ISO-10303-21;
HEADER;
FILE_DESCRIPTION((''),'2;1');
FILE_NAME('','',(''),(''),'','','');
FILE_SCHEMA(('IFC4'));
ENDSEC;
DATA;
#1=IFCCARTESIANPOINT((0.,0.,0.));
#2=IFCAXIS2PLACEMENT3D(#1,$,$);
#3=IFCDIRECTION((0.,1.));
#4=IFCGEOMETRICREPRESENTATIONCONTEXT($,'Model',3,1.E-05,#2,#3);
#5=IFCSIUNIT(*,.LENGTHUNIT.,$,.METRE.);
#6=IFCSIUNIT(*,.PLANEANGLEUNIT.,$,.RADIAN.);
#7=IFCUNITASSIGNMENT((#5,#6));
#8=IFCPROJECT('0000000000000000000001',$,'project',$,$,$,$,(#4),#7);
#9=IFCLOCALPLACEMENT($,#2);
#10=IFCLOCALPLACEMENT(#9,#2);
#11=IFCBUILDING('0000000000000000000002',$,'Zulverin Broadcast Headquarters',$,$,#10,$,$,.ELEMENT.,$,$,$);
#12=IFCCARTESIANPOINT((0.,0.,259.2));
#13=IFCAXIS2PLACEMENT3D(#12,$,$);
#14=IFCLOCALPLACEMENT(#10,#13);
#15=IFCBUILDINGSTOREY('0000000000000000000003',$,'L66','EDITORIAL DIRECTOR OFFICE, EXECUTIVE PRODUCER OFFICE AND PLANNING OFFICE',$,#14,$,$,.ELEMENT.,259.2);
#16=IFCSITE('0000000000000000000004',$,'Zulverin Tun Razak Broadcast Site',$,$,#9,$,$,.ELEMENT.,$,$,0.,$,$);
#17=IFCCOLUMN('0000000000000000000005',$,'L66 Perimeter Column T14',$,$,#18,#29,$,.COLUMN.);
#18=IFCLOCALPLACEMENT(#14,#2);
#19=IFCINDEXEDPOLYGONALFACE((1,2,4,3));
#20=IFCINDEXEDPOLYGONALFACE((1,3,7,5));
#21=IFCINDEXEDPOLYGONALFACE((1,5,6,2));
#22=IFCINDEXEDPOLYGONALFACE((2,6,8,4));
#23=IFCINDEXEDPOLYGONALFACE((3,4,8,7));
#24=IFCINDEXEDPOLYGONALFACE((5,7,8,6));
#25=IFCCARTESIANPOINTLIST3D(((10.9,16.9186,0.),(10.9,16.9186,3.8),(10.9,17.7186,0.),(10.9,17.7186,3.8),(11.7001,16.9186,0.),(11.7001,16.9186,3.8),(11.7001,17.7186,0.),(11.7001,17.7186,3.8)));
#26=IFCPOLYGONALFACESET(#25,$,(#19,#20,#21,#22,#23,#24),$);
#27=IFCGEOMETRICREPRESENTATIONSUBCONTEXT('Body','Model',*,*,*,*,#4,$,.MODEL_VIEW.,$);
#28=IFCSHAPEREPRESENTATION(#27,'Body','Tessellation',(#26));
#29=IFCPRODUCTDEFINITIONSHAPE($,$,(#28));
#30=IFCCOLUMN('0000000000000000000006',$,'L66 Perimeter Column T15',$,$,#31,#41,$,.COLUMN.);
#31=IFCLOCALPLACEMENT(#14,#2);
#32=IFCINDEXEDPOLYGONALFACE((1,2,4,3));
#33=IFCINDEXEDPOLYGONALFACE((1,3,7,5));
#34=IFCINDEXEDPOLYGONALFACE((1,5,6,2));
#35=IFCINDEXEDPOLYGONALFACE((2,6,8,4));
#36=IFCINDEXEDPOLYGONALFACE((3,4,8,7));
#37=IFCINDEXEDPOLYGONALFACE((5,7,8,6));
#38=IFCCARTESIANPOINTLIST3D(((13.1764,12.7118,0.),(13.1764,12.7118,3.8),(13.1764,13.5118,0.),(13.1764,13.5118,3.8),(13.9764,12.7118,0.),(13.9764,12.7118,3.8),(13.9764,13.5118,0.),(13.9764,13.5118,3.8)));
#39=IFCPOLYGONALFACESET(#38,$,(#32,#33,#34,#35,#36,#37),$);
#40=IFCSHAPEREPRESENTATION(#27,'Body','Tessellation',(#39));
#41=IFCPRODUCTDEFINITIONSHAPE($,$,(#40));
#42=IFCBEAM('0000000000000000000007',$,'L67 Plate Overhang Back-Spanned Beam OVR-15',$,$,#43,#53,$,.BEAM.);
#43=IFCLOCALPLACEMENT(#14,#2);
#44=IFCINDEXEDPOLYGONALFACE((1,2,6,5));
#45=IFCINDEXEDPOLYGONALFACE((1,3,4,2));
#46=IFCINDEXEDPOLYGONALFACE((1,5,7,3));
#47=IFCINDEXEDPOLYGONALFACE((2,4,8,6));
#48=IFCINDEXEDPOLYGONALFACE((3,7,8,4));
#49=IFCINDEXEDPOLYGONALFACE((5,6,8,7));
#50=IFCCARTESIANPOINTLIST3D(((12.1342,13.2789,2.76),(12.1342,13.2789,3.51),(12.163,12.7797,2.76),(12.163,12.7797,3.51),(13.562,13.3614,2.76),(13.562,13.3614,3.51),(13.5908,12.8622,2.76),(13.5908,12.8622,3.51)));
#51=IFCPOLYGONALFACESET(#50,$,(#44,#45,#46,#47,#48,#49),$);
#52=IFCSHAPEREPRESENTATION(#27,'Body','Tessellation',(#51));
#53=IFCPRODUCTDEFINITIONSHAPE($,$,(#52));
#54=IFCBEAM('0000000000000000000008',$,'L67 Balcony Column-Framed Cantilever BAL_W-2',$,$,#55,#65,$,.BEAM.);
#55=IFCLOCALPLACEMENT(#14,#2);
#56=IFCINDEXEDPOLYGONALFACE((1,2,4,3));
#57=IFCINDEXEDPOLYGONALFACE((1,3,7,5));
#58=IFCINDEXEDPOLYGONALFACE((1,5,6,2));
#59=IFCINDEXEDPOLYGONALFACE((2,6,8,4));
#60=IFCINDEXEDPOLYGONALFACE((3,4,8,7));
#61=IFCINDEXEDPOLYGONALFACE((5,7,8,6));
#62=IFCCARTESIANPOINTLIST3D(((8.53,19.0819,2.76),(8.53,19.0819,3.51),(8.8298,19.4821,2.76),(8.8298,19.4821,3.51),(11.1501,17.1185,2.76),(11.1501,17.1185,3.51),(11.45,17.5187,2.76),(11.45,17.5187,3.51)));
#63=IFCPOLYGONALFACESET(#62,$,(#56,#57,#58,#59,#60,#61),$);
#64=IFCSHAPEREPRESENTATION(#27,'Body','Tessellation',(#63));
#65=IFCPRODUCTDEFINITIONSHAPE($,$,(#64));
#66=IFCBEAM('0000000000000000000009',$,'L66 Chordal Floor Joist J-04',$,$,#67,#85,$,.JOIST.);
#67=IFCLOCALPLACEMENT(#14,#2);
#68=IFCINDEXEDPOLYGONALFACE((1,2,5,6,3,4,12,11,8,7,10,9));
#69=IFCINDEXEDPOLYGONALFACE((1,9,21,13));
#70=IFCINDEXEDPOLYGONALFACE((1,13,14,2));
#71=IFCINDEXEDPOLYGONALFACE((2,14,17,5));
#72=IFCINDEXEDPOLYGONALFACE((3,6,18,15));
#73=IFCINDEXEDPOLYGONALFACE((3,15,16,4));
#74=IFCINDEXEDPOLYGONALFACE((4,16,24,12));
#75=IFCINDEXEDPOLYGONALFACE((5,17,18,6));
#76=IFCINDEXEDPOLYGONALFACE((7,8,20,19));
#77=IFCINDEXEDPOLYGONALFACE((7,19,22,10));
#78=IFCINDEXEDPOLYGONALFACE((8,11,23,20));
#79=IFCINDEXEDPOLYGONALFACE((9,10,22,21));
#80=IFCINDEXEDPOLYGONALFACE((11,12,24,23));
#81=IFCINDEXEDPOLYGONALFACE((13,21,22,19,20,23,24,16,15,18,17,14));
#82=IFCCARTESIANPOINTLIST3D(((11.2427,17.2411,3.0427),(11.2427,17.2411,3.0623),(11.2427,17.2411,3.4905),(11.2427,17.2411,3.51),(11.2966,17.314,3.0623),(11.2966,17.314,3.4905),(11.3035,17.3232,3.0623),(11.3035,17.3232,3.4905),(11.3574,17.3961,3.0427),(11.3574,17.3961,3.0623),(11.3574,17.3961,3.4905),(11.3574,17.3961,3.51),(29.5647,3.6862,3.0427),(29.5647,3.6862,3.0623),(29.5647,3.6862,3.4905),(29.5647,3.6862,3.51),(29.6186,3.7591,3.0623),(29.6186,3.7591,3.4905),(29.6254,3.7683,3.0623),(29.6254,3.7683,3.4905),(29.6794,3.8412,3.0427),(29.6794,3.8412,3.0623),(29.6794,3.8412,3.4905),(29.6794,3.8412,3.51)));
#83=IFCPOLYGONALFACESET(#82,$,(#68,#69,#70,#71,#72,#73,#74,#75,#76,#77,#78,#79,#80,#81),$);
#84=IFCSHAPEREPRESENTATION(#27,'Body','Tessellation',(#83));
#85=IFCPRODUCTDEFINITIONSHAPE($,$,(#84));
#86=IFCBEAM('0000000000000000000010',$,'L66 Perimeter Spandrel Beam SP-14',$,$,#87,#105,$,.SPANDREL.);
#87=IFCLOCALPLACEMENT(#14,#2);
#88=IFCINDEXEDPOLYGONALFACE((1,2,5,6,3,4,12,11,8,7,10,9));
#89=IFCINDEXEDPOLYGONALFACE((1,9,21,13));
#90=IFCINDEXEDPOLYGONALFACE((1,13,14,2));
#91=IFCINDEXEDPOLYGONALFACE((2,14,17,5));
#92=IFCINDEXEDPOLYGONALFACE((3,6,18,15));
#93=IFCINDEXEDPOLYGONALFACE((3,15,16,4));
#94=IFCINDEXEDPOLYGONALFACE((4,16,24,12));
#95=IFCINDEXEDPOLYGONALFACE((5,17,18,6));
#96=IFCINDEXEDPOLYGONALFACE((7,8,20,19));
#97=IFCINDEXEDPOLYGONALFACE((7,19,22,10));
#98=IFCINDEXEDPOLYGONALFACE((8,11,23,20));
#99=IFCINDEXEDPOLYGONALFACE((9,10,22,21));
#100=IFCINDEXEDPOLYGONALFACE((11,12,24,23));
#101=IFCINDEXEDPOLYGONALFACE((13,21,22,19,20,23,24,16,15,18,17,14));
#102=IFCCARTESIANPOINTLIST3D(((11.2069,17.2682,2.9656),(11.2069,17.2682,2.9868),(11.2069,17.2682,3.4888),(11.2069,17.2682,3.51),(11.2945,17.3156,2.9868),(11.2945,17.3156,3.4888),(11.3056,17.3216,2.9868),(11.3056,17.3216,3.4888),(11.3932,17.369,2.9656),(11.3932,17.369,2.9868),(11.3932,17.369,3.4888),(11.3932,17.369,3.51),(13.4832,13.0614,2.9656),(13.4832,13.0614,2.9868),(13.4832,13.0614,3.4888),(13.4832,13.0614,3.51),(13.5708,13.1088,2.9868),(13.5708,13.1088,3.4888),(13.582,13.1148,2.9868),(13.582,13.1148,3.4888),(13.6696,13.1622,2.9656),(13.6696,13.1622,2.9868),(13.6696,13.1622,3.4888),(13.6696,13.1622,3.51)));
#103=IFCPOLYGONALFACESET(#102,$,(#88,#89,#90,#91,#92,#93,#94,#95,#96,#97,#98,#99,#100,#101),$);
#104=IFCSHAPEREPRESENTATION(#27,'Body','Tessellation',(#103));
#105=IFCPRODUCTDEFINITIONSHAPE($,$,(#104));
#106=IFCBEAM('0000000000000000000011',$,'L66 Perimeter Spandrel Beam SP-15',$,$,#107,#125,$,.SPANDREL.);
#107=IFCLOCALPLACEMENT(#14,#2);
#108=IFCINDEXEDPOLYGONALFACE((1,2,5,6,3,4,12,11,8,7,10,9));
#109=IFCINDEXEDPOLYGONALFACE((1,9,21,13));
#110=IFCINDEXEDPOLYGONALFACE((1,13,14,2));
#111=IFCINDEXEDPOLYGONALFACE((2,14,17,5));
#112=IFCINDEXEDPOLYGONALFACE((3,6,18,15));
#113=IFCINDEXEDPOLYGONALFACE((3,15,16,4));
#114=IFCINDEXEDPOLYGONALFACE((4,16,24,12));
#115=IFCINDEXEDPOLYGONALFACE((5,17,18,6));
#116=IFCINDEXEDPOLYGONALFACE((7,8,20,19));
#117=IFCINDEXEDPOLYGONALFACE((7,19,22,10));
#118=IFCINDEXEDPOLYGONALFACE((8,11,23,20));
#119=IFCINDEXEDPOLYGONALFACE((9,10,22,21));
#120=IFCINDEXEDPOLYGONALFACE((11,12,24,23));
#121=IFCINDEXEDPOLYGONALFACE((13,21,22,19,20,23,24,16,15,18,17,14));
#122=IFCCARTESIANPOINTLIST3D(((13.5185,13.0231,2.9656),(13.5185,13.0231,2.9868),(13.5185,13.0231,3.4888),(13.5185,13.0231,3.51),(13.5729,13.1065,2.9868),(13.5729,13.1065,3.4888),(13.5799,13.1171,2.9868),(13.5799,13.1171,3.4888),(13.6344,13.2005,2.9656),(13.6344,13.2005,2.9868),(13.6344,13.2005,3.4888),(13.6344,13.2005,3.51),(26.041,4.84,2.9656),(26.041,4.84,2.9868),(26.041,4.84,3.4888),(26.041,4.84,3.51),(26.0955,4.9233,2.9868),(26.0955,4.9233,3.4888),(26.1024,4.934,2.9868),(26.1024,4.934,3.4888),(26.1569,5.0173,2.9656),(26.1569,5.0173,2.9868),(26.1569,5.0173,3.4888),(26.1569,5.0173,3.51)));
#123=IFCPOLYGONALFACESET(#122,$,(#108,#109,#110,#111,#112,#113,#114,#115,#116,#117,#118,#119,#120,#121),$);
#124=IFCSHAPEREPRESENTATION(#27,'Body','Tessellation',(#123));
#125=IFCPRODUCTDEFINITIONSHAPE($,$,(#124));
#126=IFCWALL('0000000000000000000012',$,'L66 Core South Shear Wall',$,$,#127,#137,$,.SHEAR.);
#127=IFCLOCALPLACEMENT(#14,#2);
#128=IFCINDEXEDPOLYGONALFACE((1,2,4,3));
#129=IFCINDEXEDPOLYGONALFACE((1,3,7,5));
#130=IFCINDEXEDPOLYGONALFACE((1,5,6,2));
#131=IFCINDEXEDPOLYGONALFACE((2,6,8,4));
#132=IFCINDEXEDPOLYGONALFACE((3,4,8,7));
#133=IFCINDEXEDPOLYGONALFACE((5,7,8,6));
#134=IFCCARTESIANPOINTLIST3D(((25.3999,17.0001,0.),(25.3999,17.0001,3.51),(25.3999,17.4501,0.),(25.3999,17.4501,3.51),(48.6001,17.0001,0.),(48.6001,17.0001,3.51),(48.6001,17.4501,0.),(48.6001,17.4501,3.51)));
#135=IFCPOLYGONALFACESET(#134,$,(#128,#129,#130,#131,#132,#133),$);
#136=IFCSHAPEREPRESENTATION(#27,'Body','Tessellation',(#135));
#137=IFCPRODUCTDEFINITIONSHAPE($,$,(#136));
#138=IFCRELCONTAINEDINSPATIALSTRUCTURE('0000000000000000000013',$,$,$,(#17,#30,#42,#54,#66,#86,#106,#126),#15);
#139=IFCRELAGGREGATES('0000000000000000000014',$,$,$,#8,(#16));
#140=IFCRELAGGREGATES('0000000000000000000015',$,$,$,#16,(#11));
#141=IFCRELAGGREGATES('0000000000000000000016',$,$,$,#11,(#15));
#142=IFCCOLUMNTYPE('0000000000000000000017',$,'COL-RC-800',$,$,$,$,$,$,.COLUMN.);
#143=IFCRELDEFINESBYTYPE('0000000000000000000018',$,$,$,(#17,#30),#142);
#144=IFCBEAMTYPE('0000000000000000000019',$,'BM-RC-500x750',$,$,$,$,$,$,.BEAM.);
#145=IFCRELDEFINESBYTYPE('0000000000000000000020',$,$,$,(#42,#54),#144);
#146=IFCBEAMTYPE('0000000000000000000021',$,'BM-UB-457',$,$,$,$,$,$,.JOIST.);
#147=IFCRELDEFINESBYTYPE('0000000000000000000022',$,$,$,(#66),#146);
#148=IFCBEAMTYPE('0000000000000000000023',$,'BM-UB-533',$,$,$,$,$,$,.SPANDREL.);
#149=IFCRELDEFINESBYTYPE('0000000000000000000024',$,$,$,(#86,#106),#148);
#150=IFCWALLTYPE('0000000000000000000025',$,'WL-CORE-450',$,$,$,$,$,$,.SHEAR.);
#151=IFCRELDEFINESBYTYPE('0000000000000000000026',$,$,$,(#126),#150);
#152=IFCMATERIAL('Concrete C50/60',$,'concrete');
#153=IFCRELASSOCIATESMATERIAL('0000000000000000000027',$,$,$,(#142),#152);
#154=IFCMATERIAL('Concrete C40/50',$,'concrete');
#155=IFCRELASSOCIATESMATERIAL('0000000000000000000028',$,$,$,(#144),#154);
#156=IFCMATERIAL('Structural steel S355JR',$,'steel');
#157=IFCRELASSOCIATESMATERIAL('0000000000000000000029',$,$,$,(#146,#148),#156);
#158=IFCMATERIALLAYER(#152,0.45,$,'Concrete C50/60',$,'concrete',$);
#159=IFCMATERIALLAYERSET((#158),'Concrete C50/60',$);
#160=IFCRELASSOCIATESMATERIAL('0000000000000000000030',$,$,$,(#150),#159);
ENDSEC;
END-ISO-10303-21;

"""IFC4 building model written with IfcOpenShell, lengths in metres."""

from ifc_helpers import new_model, si_unit, direction, frame, frame_2d, origin, origin_2d, place, context, subcontext, project, spatial, rectangle, i_section, extrude, material, layer, layer_set, material_profile, profile_set, type_object, element, save


model = new_model("IFC4")

# Units and contexts
model_context = context("Model", 3, precision=1e-05, world=origin(), true_north=direction((0.0, 1.0)))
body_context = subcontext(model_context, "Body", "Model", "MODEL_VIEW")
ifc_project = project(units=[si_unit("LENGTHUNIT", "METRE"), si_unit("PLANEANGLEUNIT", "RADIAN")], contexts=[model_context])

# Site, building, storey
site_placement = place(None, origin())
site = spatial("IfcSite", under=ifc_project, at=site_placement, Name="Zulverin Tun Razak Broadcast Site", CompositionType="ELEMENT", RefElevation=0.0)
building_placement = place(site_placement, origin())
building = spatial("IfcBuilding", under=site, at=building_placement, Name="Zulverin Broadcast Headquarters", CompositionType="ELEMENT")
storey_placement = place(building_placement, frame((0.0, 0.0, 259.2)))
storey = spatial("IfcBuildingStorey", under=building, at=storey_placement, Name="L66", Description="EDITORIAL DIRECTOR OFFICE, EXECUTIVE PRODUCER OFFICE AND PLANNING OFFICE", CompositionType="ELEMENT", Elevation=259.2)

# Columns
ifc_material_1 = material(Name="Concrete C50/60", Category="concrete")
ifc_material_profile_1 = material_profile(ifc_material_1, rectangle(XDim=0.8, YDim=0.8, at=origin_2d()), Name="Concrete C50/60", Category="concrete")
ifc_profile_set_1 = profile_set([ifc_material_profile_1], Name="Concrete C50/60")
column_type = type_object("IfcColumnType", Name="COL-RC-800", PredefinedType="COLUMN", material=ifc_profile_set_1)
for number, where, z_axis, x_axis, name in (
    (1, (11.3, 17.3186, 0.0), (0.0, 0.0, 1.0), (1.0, 0.0, 0.0), "L66 Perimeter Column T14"),
    (2, (13.5764, 13.1118, 0.0), (0.0, 0.0, 1.0), (1.0, 0.0, 0.0), "L66 Perimeter Column T15"),
):
    element("IfcColumn", number, at=place(storey_placement, frame(where, z_axis=z_axis, x_axis=x_axis)), inside=storey, type_object=column_type, Name=name, PredefinedType="COLUMN", context=body_context, shape_type="SweptSolid", body=[
        extrude(rectangle(XDim=0.8, YDim=0.8, at=origin_2d()), origin(), (0.0, 0.0, 1.0), 3.8),
    ])

# Beams
ifc_material_2 = material(Name="Concrete C40/50", Category="concrete")
ifc_material_profile_2 = material_profile(ifc_material_2, rectangle(XDim=0.5, YDim=0.75, at=origin_2d()), Name="Concrete C40/50", Category="concrete")
ifc_profile_set_2 = profile_set([ifc_material_profile_2], Name="Concrete C40/50")
beam_type_1 = type_object("IfcBeamType", Name="BM-RC-500x750", PredefinedType="BEAM", material=ifc_profile_set_2)
beam_1_placement = place(storey_placement, frame((13.5764, 13.1118, 3.135), z_axis=(-0.998334, -0.057701, 0.0), x_axis=(0.057701, -0.998334, 0.0)))
element("IfcBeam", 3, at=beam_1_placement, inside=storey, type_object=beam_type_1, Name="L67 Plate Overhang Back-Spanned Beam OVR-15", PredefinedType="BEAM", context=body_context, shape_type="SweptSolid", body=[
    extrude(rectangle(XDim=0.5, YDim=0.75, at=origin_2d()), origin(), (0.0, 0.0, 1.0), 1.4302),
])
beam_2_placement = place(storey_placement, frame((11.3, 17.3186, 3.135), z_axis=(-0.80025, 0.599666, 0.0), x_axis=(-0.599666, -0.80025, 0.0)))
element("IfcBeam", 4, at=beam_2_placement, inside=storey, type_object=beam_type_1, Name="L67 Balcony Column-Framed Cantilever BAL_W-2", PredefinedType="BEAM", context=body_context, shape_type="SweptSolid", body=[
    extrude(rectangle(XDim=0.5, YDim=0.75, at=origin_2d()), origin(), (0.0, 0.0, 1.0), 3.2742),
])
ifc_material_3 = material(Name="Structural steel S355JR", Category="steel")
ifc_material_profile_3 = material_profile(ifc_material_3, i_section(OverallWidth=0.1929, OverallDepth=0.4673, WebThickness=0.0115, FlangeThickness=0.0195, at=origin_2d()), Name="Structural steel S355JR", Category="steel")
ifc_profile_set_3 = profile_set([ifc_material_profile_3], Name="Structural steel S355JR")
beam_type_2 = type_object("IfcBeamType", Name="BM-UB-457", PredefinedType="JOIST", material=ifc_profile_set_3)
beam_3_placement = place(storey_placement, frame((11.3, 17.3186, 3.2764), z_axis=(0.803912, -0.594748, 0.0), x_axis=(0.594748, 0.803912, 0.0)))
element("IfcBeam", 5, at=beam_3_placement, inside=storey, type_object=beam_type_2, Name="L66 Chordal Floor Joist J-04", PredefinedType="JOIST", context=body_context, shape_type="SweptSolid", body=[
    extrude(i_section(OverallWidth=0.1929, OverallDepth=0.4673, WebThickness=0.0115, FlangeThickness=0.0195, at=origin_2d()), origin(), (0.0, 0.0, 1.0), 22.791),
])
ifc_material_profile_4 = material_profile(ifc_material_3, i_section(OverallWidth=0.2119, OverallDepth=0.5444, WebThickness=0.0127, FlangeThickness=0.0212, at=origin_2d()), Name="Structural steel S355JR", Category="steel")
ifc_profile_set_4 = profile_set([ifc_material_profile_4], Name="Structural steel S355JR")
beam_type_3 = type_object("IfcBeamType", Name="BM-UB-533", PredefinedType="SPANDREL", material=ifc_profile_set_4)
beam_4_placement = place(storey_placement, frame((11.3, 17.3186, 3.2378), z_axis=(0.47591, -0.879494, 0.0), x_axis=(0.879494, 0.47591, 0.0)))
element("IfcBeam", 6, at=beam_4_placement, inside=storey, type_object=beam_type_3, Name="L66 Perimeter Spandrel Beam SP-14", PredefinedType="SPANDREL", context=body_context, shape_type="SweptSolid", body=[
    extrude(i_section(OverallWidth=0.2119, OverallDepth=0.5444, WebThickness=0.0127, FlangeThickness=0.0212, at=origin_2d()), origin(), (0.0, 0.0, 1.0), 4.7832),
])
beam_5_placement = place(storey_placement, frame((13.5764, 13.1118, 3.2378), z_axis=(0.837112, -0.547031, 0.0), x_axis=(0.547031, 0.837112, 0.0)))
element("IfcBeam", 7, at=beam_5_placement, inside=storey, type_object=beam_type_3, Name="L66 Perimeter Spandrel Beam SP-15", PredefinedType="SPANDREL", context=body_context, shape_type="SweptSolid", body=[
    extrude(i_section(OverallWidth=0.2119, OverallDepth=0.5444, WebThickness=0.0127, FlangeThickness=0.0212, at=origin_2d()), origin(), (0.0, 0.0, 1.0), 14.9592),
])

# Wall
ifc_layer_1 = layer(ifc_material_1, 0.45, Name="Concrete C50/60", Category="concrete")
ifc_layer_set_1 = layer_set([ifc_layer_1], Name="Concrete C50/60")
wall_type_1 = type_object("IfcWallType", Name="WL-CORE-450", PredefinedType="SHEAR", material=ifc_layer_set_1)
wall_1_placement = place(storey_placement, frame((25.3999, 17.2251, 0.0), z_axis=(0.0, 0.0, 1.0), x_axis=(1.0, 0.0, 0.0)))
element("IfcWall", 8, at=wall_1_placement, inside=storey, type_object=wall_type_1, Name="L66 Core South Shear Wall", PredefinedType="SHEAR", context=body_context, shape_type="SweptSolid", body=[
    extrude(rectangle(XDim=23.2002, YDim=0.45, at=frame_2d((11.6001, 0.0))), origin(), (0.0, 0.0, 1.0), 3.51),
])

save(model, "model.ifc")
